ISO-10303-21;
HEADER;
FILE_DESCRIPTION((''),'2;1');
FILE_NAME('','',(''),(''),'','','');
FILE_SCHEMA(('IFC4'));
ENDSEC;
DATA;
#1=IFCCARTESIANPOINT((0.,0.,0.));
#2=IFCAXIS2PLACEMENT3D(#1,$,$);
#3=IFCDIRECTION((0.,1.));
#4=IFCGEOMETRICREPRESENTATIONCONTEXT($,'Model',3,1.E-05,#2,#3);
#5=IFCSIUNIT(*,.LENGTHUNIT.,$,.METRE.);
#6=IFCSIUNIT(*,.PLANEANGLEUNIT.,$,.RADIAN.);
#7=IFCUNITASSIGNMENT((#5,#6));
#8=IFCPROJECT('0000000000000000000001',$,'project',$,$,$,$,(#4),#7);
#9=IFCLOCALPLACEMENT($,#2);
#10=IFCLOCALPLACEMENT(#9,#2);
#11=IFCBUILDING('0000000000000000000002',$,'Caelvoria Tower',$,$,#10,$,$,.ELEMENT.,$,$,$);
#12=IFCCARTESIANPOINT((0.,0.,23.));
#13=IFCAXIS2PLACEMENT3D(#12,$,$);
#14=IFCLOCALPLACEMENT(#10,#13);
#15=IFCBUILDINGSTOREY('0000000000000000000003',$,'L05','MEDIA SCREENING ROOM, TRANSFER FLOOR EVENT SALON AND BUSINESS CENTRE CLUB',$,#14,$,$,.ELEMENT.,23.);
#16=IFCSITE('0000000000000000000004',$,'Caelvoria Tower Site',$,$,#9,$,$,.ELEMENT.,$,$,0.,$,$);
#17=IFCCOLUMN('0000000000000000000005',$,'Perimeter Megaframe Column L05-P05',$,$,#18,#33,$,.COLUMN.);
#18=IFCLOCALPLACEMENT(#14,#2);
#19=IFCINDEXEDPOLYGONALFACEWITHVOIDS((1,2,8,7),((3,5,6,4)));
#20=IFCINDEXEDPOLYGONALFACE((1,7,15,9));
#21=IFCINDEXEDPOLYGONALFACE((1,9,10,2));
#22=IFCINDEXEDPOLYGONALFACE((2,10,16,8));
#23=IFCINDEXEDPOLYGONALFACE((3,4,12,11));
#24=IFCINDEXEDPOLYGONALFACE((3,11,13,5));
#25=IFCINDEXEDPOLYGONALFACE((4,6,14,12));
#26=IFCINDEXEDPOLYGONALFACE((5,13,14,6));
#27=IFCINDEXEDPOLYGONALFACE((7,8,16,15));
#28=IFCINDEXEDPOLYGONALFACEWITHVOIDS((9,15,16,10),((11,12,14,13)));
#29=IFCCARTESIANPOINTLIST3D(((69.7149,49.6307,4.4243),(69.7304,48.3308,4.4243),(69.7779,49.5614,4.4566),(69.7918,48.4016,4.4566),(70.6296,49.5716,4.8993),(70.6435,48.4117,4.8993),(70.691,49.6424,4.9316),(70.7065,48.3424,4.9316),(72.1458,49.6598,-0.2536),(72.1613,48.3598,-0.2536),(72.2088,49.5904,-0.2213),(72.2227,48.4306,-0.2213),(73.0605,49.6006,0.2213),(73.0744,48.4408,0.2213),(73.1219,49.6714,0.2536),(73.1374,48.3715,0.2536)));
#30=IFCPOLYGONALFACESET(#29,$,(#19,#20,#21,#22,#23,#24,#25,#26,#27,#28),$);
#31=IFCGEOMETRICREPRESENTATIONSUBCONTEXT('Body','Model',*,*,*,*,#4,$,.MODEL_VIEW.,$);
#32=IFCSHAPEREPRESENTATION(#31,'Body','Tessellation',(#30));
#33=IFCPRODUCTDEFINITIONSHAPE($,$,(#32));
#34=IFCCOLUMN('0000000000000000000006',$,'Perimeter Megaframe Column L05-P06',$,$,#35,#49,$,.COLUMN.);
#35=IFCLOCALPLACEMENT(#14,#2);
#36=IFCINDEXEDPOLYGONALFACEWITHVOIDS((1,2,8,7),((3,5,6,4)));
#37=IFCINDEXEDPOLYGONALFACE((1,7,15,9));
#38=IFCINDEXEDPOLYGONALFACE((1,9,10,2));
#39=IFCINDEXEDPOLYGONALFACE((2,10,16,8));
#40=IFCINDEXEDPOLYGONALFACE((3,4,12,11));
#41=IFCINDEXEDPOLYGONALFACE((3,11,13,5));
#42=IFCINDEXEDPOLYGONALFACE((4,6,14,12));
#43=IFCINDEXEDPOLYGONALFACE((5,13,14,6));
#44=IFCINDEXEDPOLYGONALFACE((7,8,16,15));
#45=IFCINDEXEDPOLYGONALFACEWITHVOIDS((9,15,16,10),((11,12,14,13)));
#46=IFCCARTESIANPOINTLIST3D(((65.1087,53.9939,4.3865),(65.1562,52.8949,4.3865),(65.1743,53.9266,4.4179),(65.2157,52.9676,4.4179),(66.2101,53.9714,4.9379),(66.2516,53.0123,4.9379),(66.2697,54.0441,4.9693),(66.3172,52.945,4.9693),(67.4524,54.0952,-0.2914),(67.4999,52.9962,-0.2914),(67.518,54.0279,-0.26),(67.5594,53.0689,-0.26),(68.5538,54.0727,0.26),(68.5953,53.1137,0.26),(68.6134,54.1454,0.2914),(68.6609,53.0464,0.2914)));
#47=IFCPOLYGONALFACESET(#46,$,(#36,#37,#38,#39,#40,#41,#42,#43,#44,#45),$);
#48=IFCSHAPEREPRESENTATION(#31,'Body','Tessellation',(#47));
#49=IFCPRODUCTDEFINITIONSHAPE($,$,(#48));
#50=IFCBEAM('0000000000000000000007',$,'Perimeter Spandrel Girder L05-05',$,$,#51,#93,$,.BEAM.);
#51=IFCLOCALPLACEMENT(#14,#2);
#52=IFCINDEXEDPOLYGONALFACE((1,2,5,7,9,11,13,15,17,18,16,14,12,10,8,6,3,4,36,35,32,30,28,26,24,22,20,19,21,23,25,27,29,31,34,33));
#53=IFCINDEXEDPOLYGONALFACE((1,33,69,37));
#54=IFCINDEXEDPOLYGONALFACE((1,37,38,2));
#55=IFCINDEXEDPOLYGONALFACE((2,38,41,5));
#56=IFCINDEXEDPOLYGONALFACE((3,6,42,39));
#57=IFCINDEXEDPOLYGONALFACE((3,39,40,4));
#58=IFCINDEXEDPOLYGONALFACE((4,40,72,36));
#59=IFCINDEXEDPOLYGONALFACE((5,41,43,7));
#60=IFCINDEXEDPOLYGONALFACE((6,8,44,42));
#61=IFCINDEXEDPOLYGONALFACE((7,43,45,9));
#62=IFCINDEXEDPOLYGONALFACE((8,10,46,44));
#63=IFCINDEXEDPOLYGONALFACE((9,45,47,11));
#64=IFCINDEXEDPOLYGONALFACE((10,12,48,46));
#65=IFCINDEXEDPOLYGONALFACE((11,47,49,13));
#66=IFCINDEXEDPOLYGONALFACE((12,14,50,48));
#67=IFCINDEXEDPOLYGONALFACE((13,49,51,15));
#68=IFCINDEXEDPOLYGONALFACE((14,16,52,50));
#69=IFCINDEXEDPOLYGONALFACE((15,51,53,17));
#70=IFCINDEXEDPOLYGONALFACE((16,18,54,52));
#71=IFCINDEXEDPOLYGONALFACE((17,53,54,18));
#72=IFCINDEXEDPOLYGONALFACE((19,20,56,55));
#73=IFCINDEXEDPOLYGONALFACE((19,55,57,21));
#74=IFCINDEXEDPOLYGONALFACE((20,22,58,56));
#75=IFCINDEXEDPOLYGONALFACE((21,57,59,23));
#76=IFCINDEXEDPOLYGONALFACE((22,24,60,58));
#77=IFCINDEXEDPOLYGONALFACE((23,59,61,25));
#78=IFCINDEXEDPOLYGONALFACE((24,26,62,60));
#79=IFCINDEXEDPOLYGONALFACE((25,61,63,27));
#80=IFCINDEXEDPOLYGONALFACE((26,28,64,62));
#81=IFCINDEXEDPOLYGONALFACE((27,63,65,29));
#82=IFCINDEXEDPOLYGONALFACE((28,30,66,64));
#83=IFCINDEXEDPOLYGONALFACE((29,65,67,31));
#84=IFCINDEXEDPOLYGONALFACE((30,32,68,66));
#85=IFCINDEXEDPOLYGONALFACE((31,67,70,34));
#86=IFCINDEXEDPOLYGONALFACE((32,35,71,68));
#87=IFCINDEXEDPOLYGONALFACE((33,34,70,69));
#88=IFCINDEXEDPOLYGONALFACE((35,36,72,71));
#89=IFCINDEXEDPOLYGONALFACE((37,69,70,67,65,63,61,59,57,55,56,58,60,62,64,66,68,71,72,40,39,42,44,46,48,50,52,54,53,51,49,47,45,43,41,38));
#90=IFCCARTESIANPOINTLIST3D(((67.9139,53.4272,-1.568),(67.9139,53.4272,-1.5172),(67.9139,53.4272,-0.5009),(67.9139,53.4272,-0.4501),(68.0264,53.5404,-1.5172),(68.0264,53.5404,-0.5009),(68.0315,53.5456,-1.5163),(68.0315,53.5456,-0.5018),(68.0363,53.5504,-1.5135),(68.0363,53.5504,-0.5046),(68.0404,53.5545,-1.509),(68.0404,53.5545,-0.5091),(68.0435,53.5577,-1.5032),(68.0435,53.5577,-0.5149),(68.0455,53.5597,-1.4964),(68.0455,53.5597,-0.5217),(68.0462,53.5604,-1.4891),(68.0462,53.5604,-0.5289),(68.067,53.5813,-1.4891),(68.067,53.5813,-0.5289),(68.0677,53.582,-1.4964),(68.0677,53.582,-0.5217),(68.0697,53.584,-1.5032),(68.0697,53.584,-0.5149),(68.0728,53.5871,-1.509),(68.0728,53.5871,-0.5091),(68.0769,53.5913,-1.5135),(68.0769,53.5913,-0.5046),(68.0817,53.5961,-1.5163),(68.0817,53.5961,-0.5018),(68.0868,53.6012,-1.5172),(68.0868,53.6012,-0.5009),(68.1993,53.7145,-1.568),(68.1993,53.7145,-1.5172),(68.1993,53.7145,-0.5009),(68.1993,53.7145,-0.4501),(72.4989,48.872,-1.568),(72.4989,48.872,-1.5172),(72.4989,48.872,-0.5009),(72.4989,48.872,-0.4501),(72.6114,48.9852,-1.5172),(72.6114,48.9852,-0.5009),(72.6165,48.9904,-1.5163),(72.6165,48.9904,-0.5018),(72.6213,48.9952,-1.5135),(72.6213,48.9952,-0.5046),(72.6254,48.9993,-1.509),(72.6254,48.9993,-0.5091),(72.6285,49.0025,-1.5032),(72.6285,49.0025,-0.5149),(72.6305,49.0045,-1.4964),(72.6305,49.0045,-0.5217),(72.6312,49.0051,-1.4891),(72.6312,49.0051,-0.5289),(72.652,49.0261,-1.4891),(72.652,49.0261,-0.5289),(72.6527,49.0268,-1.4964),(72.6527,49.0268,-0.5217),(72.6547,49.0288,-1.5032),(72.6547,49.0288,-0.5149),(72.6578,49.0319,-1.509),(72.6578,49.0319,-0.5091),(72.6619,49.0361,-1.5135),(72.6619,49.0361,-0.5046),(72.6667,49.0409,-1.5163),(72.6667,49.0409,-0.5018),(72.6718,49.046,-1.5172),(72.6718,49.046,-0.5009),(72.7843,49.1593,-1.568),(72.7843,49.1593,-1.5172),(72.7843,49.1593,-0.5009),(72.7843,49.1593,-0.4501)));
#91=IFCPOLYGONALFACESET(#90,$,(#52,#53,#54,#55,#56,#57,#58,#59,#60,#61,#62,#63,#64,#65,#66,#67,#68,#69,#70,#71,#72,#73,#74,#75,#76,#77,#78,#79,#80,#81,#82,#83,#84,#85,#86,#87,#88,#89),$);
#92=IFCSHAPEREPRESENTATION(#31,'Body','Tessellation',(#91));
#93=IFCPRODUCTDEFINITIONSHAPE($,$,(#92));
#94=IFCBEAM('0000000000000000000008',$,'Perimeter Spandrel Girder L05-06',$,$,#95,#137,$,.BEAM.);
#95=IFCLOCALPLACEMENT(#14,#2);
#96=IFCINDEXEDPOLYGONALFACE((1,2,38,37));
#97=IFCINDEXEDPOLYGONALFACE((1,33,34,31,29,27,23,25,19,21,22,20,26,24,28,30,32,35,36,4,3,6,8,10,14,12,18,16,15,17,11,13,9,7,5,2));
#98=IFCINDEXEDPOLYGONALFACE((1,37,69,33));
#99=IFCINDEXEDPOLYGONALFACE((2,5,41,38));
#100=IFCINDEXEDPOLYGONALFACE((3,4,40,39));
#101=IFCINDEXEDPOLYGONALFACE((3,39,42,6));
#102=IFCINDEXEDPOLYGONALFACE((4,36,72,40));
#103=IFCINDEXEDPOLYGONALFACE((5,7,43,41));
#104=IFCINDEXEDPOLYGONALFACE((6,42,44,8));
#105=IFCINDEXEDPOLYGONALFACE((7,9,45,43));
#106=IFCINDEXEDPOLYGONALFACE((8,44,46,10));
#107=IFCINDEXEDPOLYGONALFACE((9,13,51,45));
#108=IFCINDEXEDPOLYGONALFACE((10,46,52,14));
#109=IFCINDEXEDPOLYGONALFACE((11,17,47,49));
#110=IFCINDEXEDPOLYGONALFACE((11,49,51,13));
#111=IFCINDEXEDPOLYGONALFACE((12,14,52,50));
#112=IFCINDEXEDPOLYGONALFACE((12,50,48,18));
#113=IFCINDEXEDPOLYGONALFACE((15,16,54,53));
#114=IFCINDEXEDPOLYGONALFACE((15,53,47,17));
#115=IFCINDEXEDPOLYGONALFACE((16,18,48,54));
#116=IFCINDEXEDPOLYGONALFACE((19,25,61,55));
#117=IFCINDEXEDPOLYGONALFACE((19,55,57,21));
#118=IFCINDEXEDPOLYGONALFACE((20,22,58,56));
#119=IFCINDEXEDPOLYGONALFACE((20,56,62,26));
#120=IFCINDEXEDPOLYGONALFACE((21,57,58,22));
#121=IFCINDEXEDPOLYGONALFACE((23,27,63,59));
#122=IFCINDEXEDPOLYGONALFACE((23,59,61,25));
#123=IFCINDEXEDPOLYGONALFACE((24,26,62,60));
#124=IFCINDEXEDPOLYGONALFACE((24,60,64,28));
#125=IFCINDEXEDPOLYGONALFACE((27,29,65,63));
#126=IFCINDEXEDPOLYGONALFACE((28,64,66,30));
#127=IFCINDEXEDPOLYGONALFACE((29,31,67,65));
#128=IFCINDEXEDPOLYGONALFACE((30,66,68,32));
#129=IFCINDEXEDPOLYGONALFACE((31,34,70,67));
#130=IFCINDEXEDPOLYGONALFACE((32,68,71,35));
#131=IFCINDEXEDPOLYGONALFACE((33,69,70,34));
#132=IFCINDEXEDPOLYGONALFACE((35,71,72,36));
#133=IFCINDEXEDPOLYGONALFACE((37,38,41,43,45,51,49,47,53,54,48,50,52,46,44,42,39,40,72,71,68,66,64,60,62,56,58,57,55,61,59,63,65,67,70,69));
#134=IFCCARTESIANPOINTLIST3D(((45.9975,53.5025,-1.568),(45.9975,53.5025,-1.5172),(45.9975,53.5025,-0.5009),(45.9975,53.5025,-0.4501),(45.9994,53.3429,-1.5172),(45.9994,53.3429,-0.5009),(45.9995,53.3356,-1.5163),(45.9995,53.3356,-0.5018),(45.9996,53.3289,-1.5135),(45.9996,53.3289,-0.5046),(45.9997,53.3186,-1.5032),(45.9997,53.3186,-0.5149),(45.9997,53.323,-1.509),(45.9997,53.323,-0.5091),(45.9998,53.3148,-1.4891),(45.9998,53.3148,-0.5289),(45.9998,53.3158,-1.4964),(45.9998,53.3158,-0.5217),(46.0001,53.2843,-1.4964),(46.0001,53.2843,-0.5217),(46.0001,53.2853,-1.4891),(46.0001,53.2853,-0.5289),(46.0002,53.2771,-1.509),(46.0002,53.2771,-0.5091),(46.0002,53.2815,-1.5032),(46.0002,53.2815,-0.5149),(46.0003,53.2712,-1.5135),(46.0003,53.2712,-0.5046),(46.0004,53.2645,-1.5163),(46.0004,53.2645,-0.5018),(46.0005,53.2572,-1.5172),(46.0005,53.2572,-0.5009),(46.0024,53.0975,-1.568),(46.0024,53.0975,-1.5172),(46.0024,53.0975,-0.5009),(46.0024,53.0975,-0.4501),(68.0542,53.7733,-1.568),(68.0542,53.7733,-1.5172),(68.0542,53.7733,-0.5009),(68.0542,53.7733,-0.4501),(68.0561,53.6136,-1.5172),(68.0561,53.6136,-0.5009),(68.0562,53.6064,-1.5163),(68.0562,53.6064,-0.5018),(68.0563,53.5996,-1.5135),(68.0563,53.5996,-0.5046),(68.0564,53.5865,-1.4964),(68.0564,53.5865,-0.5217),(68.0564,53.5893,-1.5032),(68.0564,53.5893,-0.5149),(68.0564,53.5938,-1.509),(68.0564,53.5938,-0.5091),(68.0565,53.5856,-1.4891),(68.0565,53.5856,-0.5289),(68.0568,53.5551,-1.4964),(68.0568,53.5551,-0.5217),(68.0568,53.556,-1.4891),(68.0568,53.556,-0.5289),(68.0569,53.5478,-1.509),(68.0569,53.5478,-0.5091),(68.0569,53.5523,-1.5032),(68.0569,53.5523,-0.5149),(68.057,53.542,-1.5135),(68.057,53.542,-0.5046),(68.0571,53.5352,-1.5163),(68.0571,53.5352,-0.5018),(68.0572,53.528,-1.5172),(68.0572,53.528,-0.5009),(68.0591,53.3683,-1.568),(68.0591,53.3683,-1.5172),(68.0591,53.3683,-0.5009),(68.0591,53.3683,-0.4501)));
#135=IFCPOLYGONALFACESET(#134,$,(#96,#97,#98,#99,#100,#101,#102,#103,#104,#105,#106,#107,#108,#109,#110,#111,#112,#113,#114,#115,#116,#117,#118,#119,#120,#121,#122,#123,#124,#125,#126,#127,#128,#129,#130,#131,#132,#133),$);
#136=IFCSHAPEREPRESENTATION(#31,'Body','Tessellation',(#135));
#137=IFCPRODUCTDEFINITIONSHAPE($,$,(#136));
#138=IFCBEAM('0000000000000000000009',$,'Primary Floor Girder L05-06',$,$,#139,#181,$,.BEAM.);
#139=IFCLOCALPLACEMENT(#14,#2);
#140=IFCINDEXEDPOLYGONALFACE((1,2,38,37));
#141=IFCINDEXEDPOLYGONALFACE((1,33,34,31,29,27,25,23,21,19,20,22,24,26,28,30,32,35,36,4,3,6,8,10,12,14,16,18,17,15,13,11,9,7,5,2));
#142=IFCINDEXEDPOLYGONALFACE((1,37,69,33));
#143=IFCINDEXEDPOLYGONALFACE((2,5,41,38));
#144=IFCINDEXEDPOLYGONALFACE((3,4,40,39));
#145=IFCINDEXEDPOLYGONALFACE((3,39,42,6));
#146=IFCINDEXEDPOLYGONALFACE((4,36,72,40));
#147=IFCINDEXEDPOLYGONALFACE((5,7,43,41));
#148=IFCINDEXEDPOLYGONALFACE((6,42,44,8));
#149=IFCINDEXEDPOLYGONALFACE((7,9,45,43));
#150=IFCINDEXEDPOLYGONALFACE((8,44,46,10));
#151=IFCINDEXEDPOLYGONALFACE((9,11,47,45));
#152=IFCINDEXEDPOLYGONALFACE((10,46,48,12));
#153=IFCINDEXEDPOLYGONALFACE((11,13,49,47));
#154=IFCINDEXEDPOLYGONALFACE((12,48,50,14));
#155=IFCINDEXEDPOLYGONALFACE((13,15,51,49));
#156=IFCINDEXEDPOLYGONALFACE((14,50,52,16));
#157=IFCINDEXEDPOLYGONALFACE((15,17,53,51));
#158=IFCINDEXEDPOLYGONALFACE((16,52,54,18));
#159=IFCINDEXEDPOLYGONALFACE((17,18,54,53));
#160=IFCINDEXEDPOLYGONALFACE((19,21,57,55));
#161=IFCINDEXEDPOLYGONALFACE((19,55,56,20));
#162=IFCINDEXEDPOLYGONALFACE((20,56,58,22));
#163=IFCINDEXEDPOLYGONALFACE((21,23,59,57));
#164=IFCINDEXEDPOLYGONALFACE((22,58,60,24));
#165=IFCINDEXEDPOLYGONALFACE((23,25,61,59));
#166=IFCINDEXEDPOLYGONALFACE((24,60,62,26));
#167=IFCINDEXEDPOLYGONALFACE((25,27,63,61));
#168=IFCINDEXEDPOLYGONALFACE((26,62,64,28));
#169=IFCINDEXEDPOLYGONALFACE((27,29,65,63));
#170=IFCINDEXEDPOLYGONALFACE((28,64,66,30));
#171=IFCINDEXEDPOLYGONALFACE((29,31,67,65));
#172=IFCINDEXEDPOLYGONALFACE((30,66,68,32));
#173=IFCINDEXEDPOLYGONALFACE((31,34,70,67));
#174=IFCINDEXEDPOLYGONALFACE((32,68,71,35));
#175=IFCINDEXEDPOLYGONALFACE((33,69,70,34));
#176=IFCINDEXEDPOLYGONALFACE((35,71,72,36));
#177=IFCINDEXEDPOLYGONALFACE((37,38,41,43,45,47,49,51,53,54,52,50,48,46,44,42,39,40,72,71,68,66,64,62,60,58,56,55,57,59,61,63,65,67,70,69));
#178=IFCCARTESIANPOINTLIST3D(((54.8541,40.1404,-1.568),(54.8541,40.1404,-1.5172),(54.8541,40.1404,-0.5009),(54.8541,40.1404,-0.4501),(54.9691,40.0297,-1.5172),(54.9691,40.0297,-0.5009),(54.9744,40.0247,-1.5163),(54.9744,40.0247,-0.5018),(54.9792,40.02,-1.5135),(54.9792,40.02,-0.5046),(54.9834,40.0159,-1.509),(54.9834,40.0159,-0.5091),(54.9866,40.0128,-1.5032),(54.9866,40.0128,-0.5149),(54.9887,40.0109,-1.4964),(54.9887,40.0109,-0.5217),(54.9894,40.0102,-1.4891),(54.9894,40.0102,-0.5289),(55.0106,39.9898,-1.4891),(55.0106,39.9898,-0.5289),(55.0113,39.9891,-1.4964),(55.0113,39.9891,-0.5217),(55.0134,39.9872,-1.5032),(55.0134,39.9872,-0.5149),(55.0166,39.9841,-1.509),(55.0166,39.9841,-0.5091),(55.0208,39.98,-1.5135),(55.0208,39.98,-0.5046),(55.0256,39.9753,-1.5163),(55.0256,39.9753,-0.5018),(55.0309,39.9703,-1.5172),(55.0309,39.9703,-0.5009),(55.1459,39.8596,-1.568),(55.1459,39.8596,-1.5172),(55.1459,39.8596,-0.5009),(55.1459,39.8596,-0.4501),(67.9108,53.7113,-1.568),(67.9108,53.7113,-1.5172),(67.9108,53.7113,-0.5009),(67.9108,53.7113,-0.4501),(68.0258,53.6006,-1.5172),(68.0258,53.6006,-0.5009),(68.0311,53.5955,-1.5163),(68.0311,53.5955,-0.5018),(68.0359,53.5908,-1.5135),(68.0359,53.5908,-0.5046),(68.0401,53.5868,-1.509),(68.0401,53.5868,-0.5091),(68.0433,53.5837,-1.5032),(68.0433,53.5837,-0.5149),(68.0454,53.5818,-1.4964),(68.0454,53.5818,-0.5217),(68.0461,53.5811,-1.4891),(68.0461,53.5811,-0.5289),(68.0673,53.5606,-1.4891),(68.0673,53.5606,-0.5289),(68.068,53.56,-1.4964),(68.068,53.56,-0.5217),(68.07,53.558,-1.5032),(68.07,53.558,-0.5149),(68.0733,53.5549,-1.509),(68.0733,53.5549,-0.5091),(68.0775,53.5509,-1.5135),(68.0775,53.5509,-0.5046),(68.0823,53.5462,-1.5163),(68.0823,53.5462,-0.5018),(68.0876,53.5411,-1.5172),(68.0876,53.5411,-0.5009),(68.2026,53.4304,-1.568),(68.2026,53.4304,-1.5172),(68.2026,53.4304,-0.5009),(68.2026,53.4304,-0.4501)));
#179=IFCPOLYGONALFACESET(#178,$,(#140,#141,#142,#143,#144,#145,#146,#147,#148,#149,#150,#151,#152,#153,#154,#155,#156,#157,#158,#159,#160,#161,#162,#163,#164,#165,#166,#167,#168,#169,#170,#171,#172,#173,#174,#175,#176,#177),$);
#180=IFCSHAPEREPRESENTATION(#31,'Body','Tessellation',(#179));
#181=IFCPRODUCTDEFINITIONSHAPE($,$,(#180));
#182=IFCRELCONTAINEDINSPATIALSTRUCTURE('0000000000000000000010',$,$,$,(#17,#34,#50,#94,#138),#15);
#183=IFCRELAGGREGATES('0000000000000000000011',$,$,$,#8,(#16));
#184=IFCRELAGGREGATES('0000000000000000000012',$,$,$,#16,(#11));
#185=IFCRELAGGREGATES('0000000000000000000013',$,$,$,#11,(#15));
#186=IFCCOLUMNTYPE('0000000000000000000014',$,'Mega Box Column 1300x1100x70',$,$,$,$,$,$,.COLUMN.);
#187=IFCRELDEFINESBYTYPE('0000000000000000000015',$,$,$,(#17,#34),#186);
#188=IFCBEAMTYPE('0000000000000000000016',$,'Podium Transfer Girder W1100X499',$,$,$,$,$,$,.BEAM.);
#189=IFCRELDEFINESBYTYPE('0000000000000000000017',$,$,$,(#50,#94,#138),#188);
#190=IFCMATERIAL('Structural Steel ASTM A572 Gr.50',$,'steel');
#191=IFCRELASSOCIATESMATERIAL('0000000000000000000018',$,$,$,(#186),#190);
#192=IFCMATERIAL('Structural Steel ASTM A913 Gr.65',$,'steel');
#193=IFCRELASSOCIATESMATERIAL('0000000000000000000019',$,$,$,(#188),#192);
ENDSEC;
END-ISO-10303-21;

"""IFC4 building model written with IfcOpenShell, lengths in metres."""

from ifc_helpers import new_model, si_unit, direction, frame, origin, origin_2d, place, context, subcontext, project, spatial, hollow_rectangle, i_section, extrude, material, material_profile, profile_set, type_object, element, save


model = new_model("IFC4")

# Units and contexts
model_context = context("Model", 3, precision=1e-05, world=origin(), true_north=direction((0.0, 1.0)))
body_context = subcontext(model_context, "Body", "Model", "MODEL_VIEW")
ifc_project = project(units=[si_unit("LENGTHUNIT", "METRE"), si_unit("PLANEANGLEUNIT", "RADIAN")], contexts=[model_context])

# Site, building, storey
site_placement = place(None, origin())
site = spatial("IfcSite", under=ifc_project, at=site_placement, Name="Caelvoria Tower Site", CompositionType="ELEMENT", RefElevation=0.0)
building_placement = place(site_placement, origin())
building = spatial("IfcBuilding", under=site, at=building_placement, Name="Caelvoria Tower", CompositionType="ELEMENT")
storey_placement = place(building_placement, frame((0.0, 0.0, 23.0)))
storey = spatial("IfcBuildingStorey", under=building, at=storey_placement, Name="L05", Description="MEDIA SCREENING ROOM, TRANSFER FLOOR EVENT SALON AND BUSINESS CENTRE CLUB", CompositionType="ELEMENT", Elevation=23.0)

# Columns
ifc_material_1 = material(Name="Structural Steel ASTM A572 Gr.50", Category="steel")
ifc_material_profile_1 = material_profile(ifc_material_1, hollow_rectangle(XDim=1.1001, YDim=1.3, WallThickness=0.0701, at=origin_2d()), Name="Structural Steel ASTM A572 Gr.50")
ifc_profile_set_1 = profile_set([ifc_material_profile_1], Name="BOX1300X1100X70 - Structural Steel ASTM A572 Gr.50")
column_type = type_object("IfcColumnType", Name="Mega Box Column 1300x1100x70", PredefinedType="COLUMN", material=ifc_profile_set_1)
column_1_placement = place(storey_placement, frame((72.6416, 49.0156, 0.0), z_axis=(-0.461101, -0.005511, 0.887331), x_axis=(0.887267, 0.010604, 0.461134)))
element("IfcColumn", 1, at=column_1_placement, inside=storey, type_object=column_type, Name="Perimeter Megaframe Column L05-P05", PredefinedType="COLUMN", context=body_context, shape_type="SweptSolid", body=[
    extrude(hollow_rectangle(XDim=1.1001, YDim=1.3, WallThickness=0.0701, at=origin_2d()), origin(), (0.0, 0.0, 1.0), 5.272),
])
column_2_placement = place(storey_placement, frame((68.0566, 53.5708, 0.0), z_axis=(-0.447857, -0.019361, 0.893895), x_axis=(0.043189, -0.999067, 0.0)))
element("IfcColumn", 2, at=column_2_placement, inside=storey, type_object=column_type, Name="Perimeter Megaframe Column L05-P06", PredefinedType="COLUMN", context=body_context, shape_type="SweptSolid", body=[
    extrude(hollow_rectangle(XDim=1.1001, YDim=1.3, WallThickness=0.0701, at=origin_2d()), origin(), (0.0, 0.0, 1.0), 5.2332),
])

# Beams
ifc_material_2 = material(Name="Structural Steel ASTM A913 Gr.65", Category="steel")
ifc_material_profile_2 = material_profile(ifc_material_2, i_section(OverallWidth=0.405, OverallDepth=1.1179, WebThickness=0.0295, FlangeThickness=0.0508, FilletRadius=0.0281, at=origin_2d()), Name="Structural Steel ASTM A913 Gr.65")
ifc_profile_set_2 = profile_set([ifc_material_profile_2], Name="W1100X499 - Structural Steel ASTM A913 Gr.65")
beam_type_1 = type_object("IfcBeamType", Name="Podium Transfer Girder W1100X499", PredefinedType="BEAM", material=ifc_profile_set_2)
beam_1_placement = place(storey_placement, frame((72.6416, 49.0156, -1.009), z_axis=(-0.709407, 0.704799, 0.0), x_axis=(-0.704799, -0.709407, 0.0)))
element("IfcBeam", 3, at=beam_1_placement, inside=storey, type_object=beam_type_1, Name="Perimeter Spandrel Girder L05-05", PredefinedType="BEAM", context=body_context, shape_type="SweptSolid", body=[
    extrude(i_section(OverallWidth=0.405, OverallDepth=1.1179, WebThickness=0.0295, FlangeThickness=0.0508, FilletRadius=0.0281, at=origin_2d()), origin(), (0.0, 0.0, 1.0), 6.4631),
])
beam_2_placement = place(storey_placement, frame((68.0566, 53.5708, -1.009), z_axis=(-0.999925, -0.012274, 0.0), x_axis=(0.012274, -0.999925, 0.0)))
element("IfcBeam", 4, at=beam_2_placement, inside=storey, type_object=beam_type_1, Name="Perimeter Spandrel Girder L05-06", PredefinedType="BEAM", context=body_context, shape_type="SweptSolid", body=[
    extrude(i_section(OverallWidth=0.405, OverallDepth=1.1179, WebThickness=0.0295, FlangeThickness=0.0508, FilletRadius=0.0281, at=origin_2d()), origin(), (0.0, 0.0, 1.0), 22.0583),
])
beam_3_placement = place(storey_placement, frame((55.0, 40.0, -1.009), z_axis=(0.693324, 0.720626, 0.0), x_axis=(-0.720626, 0.693324, 0.0)))
element("IfcBeam", 5, at=beam_3_placement, inside=storey, type_object=beam_type_1, Name="Primary Floor Girder L05-06", PredefinedType="BEAM", context=body_context, shape_type="SweptSolid", body=[
    extrude(i_section(OverallWidth=0.405, OverallDepth=1.1179, WebThickness=0.0295, FlangeThickness=0.0508, FilletRadius=0.0281, at=origin_2d()), origin(), (0.0, 0.0, 1.0), 18.832),
])

save(model, "model.ifc")
